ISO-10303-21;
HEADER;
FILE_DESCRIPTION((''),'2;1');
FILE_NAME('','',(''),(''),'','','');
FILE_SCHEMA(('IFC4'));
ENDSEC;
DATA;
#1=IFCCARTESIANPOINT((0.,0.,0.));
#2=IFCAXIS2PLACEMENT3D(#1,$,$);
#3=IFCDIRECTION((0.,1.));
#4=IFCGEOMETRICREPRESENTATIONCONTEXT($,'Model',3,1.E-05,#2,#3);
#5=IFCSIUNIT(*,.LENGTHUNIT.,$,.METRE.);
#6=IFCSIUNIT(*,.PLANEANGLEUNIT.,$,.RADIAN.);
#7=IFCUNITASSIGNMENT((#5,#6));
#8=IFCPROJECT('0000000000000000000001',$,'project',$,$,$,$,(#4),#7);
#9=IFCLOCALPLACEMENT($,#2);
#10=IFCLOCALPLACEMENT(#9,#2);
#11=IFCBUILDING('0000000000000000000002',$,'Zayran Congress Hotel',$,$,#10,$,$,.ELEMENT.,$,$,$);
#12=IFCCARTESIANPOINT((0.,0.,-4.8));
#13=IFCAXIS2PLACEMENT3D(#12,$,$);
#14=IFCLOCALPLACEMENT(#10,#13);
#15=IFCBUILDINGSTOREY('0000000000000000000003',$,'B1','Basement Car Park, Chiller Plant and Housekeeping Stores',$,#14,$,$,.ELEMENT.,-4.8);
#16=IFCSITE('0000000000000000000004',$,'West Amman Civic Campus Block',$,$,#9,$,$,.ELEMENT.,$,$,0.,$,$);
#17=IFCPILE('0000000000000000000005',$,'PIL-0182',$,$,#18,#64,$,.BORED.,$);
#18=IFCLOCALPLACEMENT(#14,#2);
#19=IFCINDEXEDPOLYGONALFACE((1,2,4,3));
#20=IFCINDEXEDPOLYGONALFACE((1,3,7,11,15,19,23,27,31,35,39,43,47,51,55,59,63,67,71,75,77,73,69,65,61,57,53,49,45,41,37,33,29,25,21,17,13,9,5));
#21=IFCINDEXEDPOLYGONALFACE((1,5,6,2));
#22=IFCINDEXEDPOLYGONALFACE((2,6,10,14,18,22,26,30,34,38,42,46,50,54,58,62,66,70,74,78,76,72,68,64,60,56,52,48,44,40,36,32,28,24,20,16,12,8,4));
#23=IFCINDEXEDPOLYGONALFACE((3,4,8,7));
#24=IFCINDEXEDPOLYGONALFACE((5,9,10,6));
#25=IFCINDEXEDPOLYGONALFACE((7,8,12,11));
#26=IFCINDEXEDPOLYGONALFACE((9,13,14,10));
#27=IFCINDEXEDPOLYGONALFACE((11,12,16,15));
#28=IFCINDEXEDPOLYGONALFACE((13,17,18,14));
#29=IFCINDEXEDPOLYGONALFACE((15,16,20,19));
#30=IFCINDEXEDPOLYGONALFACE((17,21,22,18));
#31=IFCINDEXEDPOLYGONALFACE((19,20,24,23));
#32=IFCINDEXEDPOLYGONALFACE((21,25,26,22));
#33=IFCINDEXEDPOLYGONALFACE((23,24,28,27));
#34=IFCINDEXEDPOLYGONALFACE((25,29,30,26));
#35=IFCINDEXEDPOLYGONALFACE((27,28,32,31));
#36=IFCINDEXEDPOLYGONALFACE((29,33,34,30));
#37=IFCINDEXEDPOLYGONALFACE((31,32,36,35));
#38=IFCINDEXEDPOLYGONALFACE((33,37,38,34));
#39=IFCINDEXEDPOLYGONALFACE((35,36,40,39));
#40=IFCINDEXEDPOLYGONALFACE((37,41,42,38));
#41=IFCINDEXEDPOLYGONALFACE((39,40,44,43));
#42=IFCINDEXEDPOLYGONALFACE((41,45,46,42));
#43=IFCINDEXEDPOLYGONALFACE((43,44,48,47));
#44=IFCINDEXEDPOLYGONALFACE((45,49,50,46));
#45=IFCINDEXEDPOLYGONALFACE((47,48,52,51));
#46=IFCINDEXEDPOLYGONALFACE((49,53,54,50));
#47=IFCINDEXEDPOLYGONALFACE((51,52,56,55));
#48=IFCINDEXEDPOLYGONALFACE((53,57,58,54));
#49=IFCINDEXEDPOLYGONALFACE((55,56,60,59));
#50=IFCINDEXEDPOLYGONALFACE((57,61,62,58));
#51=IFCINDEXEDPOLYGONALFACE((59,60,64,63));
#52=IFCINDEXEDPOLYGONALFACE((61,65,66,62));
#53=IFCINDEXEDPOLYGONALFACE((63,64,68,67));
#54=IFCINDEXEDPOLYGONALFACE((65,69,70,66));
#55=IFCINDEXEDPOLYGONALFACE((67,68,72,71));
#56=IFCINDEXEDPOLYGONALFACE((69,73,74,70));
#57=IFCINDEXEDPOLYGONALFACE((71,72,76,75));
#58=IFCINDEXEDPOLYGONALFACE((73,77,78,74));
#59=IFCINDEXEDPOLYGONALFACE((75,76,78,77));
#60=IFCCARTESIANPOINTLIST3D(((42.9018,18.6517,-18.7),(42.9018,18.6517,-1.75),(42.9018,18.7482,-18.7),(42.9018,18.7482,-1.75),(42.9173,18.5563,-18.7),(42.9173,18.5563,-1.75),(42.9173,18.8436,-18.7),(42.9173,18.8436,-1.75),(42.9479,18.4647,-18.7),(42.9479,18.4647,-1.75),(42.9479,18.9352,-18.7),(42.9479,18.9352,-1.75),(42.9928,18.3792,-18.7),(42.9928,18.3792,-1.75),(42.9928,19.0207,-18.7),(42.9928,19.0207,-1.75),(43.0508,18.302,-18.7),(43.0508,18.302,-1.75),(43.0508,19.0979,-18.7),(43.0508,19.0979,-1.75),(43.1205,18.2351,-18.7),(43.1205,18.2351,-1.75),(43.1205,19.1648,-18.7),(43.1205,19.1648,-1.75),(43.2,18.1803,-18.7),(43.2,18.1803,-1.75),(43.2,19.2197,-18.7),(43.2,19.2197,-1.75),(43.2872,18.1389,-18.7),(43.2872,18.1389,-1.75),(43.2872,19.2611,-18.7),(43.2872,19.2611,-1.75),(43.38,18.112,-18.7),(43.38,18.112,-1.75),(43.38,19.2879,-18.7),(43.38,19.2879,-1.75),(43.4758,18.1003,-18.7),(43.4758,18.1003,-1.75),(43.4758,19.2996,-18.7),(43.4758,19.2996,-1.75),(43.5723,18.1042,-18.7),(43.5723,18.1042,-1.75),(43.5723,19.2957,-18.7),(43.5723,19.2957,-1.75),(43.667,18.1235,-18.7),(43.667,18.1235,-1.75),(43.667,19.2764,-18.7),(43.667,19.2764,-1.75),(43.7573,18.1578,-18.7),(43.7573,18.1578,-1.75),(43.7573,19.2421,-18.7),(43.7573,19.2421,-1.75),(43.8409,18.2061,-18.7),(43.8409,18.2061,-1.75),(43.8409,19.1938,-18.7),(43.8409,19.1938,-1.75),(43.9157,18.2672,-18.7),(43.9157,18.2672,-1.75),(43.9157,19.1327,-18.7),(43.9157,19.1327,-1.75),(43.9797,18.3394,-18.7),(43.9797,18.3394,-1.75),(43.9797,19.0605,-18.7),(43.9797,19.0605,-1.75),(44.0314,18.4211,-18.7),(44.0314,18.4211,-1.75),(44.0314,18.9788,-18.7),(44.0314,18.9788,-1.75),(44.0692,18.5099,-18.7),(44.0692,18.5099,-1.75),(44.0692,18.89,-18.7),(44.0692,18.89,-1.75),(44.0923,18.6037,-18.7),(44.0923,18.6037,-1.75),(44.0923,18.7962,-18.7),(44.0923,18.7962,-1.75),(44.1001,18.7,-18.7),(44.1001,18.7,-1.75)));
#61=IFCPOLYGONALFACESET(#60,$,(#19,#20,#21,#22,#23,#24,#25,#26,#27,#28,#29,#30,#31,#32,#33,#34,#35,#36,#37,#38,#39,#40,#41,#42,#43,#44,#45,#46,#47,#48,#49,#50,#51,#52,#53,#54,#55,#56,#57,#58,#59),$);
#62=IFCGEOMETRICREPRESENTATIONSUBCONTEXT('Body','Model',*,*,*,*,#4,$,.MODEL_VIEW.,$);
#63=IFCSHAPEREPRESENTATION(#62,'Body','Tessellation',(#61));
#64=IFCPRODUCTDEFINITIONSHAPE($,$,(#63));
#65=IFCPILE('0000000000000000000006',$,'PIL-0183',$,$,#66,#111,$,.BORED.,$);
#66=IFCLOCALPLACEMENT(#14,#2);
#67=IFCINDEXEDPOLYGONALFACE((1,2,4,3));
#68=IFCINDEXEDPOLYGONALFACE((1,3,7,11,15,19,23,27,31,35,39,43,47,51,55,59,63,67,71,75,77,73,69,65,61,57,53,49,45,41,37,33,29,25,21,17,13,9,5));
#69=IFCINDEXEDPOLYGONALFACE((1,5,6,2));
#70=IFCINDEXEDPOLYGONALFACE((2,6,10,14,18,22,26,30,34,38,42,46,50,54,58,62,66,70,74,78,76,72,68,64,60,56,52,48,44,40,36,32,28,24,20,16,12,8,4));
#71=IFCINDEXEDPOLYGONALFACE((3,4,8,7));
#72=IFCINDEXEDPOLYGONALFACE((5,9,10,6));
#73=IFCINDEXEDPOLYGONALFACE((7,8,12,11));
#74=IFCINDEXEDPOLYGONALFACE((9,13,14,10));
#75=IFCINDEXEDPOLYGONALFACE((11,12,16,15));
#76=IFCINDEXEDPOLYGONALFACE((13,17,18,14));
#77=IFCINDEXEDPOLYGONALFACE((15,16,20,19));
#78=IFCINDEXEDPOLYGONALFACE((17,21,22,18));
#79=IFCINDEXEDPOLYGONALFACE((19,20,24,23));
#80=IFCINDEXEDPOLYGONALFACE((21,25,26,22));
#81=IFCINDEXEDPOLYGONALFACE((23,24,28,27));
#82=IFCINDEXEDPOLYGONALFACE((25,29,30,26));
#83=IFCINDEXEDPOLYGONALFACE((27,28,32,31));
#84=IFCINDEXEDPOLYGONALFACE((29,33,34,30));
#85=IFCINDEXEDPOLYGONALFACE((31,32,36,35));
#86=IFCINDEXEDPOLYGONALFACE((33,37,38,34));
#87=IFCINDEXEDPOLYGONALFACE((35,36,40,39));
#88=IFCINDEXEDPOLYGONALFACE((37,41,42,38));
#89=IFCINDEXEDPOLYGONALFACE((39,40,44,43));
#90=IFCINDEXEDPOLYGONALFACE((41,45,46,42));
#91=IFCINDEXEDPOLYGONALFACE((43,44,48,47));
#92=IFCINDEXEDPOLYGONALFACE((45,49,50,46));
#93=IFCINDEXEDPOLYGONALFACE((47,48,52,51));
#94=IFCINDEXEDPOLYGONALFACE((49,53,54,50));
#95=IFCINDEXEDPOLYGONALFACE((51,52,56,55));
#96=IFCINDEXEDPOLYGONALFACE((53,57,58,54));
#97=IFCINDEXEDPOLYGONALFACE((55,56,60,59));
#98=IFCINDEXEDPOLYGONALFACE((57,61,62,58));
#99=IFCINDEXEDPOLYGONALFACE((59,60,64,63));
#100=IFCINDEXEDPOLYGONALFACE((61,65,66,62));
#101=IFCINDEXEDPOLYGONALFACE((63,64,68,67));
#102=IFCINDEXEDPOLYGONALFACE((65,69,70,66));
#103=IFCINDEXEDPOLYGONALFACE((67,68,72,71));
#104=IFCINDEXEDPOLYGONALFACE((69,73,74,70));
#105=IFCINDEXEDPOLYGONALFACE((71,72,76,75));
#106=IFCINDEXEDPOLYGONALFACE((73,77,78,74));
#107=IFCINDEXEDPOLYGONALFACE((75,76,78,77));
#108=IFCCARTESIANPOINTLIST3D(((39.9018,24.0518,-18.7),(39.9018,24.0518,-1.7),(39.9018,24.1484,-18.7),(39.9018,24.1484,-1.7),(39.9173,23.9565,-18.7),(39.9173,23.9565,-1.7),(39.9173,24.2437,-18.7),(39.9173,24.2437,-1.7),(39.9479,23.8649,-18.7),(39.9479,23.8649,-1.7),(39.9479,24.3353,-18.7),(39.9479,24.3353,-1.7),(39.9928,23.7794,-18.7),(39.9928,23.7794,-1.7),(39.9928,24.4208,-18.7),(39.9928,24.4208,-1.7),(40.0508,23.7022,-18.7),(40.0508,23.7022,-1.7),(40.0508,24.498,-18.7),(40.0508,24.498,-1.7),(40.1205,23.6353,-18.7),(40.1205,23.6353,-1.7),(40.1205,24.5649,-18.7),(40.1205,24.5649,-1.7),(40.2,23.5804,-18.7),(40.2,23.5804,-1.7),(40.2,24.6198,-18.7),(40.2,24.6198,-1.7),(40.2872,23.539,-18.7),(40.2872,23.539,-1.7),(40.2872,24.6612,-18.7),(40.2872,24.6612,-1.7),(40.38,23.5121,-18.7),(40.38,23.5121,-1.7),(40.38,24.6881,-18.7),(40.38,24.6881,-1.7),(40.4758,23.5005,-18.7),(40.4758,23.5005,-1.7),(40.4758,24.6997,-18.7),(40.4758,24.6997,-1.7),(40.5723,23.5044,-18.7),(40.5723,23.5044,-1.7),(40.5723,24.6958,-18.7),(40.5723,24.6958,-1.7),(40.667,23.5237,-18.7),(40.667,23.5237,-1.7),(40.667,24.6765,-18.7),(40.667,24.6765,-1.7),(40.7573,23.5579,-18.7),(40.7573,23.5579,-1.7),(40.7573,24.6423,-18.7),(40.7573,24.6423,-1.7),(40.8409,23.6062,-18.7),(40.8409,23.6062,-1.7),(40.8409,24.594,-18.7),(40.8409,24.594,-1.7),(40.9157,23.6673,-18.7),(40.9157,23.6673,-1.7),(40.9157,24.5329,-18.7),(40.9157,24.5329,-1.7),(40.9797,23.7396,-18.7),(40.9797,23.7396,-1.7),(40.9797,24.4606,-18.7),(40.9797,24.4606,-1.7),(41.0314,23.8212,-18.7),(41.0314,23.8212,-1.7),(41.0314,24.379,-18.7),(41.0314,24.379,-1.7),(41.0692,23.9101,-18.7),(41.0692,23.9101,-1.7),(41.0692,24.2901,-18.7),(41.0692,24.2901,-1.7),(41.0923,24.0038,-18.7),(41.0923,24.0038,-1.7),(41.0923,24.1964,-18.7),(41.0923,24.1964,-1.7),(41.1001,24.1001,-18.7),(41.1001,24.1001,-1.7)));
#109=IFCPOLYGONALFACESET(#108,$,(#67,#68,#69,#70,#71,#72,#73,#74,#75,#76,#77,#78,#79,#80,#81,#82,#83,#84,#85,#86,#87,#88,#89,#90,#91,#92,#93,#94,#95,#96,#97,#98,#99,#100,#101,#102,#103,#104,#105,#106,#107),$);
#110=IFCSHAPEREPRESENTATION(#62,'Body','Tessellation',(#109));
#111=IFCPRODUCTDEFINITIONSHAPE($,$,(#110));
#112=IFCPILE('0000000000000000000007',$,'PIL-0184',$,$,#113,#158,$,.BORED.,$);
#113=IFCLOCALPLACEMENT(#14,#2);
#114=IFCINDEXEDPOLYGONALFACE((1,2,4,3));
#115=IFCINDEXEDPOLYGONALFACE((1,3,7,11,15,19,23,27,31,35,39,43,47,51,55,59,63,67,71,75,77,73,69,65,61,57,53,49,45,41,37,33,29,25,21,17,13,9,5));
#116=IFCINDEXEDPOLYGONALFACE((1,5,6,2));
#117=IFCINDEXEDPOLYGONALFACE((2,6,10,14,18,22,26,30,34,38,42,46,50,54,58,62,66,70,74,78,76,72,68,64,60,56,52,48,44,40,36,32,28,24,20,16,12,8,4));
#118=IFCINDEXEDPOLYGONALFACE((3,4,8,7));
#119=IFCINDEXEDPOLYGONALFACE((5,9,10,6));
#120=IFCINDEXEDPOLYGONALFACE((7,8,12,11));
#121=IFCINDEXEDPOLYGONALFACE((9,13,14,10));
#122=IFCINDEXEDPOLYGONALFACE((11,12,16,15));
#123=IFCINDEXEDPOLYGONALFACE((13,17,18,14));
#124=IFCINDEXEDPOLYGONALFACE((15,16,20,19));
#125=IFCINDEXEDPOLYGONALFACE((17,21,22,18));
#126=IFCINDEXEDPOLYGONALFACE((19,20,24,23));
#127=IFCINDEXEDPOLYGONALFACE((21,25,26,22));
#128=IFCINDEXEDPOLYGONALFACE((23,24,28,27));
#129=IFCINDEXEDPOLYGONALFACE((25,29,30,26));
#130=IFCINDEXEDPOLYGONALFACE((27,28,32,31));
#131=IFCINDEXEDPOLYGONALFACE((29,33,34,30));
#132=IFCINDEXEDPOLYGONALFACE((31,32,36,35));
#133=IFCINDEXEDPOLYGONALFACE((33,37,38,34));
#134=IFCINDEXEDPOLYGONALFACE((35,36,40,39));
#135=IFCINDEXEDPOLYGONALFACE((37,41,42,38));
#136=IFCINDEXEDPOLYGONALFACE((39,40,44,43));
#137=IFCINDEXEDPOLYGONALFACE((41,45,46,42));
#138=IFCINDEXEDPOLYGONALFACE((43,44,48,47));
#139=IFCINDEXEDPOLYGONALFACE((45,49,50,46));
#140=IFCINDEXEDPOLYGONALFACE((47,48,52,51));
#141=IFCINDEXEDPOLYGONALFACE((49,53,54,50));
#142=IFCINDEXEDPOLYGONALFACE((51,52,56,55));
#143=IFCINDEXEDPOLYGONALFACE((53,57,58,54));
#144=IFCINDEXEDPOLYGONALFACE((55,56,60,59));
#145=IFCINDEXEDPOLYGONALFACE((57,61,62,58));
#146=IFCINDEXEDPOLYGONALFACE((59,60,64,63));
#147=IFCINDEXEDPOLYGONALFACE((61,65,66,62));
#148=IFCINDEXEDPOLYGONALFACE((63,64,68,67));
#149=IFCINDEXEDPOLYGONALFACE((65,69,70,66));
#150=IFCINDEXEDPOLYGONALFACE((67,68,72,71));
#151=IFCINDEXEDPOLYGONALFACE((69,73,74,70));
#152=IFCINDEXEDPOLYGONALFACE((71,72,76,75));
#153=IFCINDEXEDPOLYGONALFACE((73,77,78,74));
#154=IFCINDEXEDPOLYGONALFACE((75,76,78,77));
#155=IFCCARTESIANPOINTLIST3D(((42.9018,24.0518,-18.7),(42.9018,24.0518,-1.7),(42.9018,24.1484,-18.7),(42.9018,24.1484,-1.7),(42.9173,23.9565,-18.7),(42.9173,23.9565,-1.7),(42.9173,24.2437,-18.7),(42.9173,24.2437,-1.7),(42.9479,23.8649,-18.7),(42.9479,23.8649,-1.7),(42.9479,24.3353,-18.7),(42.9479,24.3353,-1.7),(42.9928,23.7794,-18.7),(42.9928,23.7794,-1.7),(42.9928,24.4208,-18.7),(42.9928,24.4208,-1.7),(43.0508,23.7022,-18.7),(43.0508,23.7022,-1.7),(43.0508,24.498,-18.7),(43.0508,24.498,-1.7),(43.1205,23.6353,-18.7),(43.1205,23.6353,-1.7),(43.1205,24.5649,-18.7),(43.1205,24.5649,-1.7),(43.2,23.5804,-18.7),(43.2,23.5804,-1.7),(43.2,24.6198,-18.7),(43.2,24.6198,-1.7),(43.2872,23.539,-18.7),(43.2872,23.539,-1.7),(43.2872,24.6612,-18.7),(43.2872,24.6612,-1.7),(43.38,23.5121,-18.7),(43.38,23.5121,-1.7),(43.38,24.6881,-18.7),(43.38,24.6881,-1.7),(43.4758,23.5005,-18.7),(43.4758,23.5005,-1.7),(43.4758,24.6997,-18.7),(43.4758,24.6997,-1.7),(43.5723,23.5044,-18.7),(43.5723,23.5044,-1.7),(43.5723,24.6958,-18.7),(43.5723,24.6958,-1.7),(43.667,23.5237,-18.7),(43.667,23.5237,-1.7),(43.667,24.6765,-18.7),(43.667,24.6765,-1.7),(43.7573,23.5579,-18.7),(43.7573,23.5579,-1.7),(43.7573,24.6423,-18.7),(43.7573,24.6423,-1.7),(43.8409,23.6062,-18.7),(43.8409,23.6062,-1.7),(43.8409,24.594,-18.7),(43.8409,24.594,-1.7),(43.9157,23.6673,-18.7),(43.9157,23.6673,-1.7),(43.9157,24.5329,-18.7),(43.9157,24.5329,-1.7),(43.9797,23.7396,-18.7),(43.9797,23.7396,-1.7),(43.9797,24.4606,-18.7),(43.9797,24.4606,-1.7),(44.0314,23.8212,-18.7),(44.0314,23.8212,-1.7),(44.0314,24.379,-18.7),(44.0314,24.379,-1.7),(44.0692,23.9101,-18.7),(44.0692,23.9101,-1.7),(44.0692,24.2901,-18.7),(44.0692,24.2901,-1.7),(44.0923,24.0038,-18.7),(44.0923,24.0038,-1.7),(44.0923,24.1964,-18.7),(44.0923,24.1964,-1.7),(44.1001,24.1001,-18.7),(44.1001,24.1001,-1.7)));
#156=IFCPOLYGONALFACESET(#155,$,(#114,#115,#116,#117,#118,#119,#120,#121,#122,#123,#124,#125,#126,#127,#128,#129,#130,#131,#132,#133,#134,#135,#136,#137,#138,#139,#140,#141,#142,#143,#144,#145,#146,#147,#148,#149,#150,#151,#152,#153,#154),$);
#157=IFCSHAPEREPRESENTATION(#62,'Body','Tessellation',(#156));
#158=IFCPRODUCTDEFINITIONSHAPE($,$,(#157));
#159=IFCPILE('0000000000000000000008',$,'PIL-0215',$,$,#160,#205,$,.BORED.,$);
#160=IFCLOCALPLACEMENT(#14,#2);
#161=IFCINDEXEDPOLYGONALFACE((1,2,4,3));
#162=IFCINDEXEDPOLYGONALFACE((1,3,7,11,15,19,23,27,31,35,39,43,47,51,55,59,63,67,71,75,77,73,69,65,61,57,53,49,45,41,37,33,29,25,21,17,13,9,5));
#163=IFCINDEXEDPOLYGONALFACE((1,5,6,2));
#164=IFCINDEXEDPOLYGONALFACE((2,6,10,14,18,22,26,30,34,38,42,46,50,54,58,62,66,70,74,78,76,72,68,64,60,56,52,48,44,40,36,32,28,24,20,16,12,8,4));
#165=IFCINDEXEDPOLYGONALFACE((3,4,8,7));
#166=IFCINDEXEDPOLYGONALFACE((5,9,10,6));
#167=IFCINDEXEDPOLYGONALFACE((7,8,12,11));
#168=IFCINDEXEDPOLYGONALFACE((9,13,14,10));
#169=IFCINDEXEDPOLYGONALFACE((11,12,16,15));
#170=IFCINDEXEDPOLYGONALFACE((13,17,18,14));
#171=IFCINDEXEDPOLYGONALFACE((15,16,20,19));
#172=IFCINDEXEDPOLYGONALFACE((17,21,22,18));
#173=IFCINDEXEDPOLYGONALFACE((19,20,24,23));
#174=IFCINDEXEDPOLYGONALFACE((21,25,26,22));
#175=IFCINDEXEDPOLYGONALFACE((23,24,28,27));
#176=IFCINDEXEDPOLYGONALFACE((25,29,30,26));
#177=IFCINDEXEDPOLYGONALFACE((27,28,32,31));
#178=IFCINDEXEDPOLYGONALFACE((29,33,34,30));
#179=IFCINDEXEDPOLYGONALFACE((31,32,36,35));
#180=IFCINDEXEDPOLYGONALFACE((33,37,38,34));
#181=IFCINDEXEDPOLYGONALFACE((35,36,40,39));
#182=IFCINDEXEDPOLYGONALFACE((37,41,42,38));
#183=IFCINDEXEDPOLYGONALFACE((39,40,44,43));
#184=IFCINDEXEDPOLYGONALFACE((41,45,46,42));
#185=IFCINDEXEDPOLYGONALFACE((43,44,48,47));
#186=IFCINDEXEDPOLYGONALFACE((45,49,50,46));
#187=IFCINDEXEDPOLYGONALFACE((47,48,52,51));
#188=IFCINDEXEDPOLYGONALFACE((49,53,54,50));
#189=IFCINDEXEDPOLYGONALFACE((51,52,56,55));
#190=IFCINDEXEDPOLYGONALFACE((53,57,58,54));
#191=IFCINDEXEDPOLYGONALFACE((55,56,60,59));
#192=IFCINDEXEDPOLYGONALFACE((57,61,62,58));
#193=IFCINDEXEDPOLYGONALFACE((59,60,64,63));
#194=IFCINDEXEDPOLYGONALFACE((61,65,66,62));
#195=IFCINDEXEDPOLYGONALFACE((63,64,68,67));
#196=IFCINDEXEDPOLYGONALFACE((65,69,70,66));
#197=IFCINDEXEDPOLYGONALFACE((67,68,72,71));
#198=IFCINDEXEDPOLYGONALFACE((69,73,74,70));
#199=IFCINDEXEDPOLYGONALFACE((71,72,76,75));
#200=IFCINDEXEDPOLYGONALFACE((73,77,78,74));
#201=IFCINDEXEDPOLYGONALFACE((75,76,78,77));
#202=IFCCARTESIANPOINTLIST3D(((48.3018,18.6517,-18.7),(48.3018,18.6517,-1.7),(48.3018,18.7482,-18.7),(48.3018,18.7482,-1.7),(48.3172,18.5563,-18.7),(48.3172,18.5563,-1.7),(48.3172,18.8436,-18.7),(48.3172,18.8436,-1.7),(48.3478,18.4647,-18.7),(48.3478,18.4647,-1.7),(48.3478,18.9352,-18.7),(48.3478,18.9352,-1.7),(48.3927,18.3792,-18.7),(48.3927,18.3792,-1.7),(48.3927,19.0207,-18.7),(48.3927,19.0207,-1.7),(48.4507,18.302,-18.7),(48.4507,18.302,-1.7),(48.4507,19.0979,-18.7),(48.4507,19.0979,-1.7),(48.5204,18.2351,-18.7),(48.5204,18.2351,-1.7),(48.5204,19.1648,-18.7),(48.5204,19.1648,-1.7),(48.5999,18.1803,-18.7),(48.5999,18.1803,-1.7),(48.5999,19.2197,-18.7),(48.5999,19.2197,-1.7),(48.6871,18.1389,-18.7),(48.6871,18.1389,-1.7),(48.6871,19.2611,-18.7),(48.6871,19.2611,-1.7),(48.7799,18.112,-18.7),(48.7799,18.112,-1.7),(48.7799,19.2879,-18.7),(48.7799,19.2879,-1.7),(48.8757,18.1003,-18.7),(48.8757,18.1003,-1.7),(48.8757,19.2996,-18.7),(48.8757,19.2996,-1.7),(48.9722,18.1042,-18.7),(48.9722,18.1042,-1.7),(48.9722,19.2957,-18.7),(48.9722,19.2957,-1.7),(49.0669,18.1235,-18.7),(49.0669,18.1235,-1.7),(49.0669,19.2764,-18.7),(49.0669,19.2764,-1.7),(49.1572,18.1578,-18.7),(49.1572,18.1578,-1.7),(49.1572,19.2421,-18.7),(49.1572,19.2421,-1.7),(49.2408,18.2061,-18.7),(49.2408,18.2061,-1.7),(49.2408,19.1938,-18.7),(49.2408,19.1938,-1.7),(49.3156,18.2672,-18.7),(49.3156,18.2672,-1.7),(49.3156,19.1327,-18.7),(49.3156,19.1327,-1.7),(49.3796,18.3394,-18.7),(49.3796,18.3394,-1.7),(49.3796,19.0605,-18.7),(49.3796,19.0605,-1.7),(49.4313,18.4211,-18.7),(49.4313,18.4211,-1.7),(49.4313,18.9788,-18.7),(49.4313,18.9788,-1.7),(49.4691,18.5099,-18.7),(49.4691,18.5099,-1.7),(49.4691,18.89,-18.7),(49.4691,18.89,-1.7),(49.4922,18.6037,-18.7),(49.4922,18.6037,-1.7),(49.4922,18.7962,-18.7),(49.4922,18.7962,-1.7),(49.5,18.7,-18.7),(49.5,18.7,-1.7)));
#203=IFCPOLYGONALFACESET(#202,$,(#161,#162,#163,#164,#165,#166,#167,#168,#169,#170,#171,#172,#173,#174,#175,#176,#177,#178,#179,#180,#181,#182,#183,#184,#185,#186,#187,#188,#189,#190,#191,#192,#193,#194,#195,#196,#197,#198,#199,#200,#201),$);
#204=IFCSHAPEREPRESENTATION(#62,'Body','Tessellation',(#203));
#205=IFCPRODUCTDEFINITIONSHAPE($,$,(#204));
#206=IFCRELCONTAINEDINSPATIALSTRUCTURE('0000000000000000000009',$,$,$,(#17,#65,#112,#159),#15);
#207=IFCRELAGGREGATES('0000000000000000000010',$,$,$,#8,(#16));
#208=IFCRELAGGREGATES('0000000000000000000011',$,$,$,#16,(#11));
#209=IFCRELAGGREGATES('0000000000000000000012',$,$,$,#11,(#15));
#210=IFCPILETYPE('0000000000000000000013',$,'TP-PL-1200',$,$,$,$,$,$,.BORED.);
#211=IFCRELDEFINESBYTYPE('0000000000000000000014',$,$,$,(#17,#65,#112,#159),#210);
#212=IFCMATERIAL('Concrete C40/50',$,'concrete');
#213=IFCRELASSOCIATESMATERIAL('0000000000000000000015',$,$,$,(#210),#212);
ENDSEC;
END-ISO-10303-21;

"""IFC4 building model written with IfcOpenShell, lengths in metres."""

from ifc_helpers import new_model, si_unit, direction, frame, origin, origin_2d, place, context, subcontext, project, spatial, circle, extrude, material, material_profile, profile_set, type_object, element, save


model = new_model("IFC4")

# Units and contexts
model_context = context("Model", 3, precision=1e-05, world=origin(), true_north=direction((0.0, 1.0)))
body_context = subcontext(model_context, "Body", "Model", "MODEL_VIEW")
ifc_project = project(units=[si_unit("LENGTHUNIT", "METRE"), si_unit("PLANEANGLEUNIT", "RADIAN")], contexts=[model_context])

# Site, building, storey
site_placement = place(None, origin())
site = spatial("IfcSite", under=ifc_project, at=site_placement, Name="West Amman Civic Campus Block", CompositionType="ELEMENT", RefElevation=0.0)
building_placement = place(site_placement, origin())
building = spatial("IfcBuilding", under=site, at=building_placement, Name="Zayran Congress Hotel", CompositionType="ELEMENT")
storey_placement = place(building_placement, frame((0.0, 0.0, -4.8)))
storey = spatial("IfcBuildingStorey", under=building, at=storey_placement, Name="B1", Description="Basement Car Park, Chiller Plant and Housekeeping Stores", CompositionType="ELEMENT", Elevation=-4.8)

# Piles
ifc_material_1 = material(Name="Concrete C40/50", Category="concrete")
ifc_material_profile = material_profile(ifc_material_1, circle(Radius=0.6001, at=origin_2d()), Name="PILE D1200")
ifc_profile_set = profile_set([ifc_material_profile], Name="Concrete C40/50")
pile_type = type_object("IfcPileType", Name="TP-PL-1200", PredefinedType="BORED", material=ifc_profile_set)
for number, where, z_axis, x_axis, name in (
    (1, (43.5, 18.7, -1.75), (0.0, 0.0, -1.0), (1.0, 0.0, 0.0), "PIL-0182"),
):
    element("IfcPile", number, at=place(storey_placement, frame(where, z_axis=z_axis, x_axis=x_axis)), inside=storey, type_object=pile_type, Name=name, PredefinedType="BORED", context=body_context, shape_type="SweptSolid", body=[
        extrude(circle(Radius=0.6001, at=origin_2d()), origin(), (0.0, 0.0, 1.0), 16.95),
    ])
for number, where, z_axis, x_axis, name in (
    (2, (40.5, 24.1001, -1.7), (0.0, 0.0, -1.0), (1.0, 0.0, 0.0), "PIL-0183"),
    (3, (43.5, 24.1001, -1.7), (0.0, 0.0, -1.0), (1.0, 0.0, 0.0), "PIL-0184"),
    (4, (48.8999, 18.7, -1.7), (0.0, 0.0, -1.0), (1.0, 0.0, 0.0), "PIL-0215"),
):
    element("IfcPile", number, at=place(storey_placement, frame(where, z_axis=z_axis, x_axis=x_axis)), inside=storey, type_object=pile_type, Name=name, PredefinedType="BORED", context=body_context, shape_type="SweptSolid", body=[
        extrude(circle(Radius=0.6001, at=origin_2d()), origin(), (0.0, 0.0, 1.0), 17.0),
    ])

save(model, "model.ifc")
